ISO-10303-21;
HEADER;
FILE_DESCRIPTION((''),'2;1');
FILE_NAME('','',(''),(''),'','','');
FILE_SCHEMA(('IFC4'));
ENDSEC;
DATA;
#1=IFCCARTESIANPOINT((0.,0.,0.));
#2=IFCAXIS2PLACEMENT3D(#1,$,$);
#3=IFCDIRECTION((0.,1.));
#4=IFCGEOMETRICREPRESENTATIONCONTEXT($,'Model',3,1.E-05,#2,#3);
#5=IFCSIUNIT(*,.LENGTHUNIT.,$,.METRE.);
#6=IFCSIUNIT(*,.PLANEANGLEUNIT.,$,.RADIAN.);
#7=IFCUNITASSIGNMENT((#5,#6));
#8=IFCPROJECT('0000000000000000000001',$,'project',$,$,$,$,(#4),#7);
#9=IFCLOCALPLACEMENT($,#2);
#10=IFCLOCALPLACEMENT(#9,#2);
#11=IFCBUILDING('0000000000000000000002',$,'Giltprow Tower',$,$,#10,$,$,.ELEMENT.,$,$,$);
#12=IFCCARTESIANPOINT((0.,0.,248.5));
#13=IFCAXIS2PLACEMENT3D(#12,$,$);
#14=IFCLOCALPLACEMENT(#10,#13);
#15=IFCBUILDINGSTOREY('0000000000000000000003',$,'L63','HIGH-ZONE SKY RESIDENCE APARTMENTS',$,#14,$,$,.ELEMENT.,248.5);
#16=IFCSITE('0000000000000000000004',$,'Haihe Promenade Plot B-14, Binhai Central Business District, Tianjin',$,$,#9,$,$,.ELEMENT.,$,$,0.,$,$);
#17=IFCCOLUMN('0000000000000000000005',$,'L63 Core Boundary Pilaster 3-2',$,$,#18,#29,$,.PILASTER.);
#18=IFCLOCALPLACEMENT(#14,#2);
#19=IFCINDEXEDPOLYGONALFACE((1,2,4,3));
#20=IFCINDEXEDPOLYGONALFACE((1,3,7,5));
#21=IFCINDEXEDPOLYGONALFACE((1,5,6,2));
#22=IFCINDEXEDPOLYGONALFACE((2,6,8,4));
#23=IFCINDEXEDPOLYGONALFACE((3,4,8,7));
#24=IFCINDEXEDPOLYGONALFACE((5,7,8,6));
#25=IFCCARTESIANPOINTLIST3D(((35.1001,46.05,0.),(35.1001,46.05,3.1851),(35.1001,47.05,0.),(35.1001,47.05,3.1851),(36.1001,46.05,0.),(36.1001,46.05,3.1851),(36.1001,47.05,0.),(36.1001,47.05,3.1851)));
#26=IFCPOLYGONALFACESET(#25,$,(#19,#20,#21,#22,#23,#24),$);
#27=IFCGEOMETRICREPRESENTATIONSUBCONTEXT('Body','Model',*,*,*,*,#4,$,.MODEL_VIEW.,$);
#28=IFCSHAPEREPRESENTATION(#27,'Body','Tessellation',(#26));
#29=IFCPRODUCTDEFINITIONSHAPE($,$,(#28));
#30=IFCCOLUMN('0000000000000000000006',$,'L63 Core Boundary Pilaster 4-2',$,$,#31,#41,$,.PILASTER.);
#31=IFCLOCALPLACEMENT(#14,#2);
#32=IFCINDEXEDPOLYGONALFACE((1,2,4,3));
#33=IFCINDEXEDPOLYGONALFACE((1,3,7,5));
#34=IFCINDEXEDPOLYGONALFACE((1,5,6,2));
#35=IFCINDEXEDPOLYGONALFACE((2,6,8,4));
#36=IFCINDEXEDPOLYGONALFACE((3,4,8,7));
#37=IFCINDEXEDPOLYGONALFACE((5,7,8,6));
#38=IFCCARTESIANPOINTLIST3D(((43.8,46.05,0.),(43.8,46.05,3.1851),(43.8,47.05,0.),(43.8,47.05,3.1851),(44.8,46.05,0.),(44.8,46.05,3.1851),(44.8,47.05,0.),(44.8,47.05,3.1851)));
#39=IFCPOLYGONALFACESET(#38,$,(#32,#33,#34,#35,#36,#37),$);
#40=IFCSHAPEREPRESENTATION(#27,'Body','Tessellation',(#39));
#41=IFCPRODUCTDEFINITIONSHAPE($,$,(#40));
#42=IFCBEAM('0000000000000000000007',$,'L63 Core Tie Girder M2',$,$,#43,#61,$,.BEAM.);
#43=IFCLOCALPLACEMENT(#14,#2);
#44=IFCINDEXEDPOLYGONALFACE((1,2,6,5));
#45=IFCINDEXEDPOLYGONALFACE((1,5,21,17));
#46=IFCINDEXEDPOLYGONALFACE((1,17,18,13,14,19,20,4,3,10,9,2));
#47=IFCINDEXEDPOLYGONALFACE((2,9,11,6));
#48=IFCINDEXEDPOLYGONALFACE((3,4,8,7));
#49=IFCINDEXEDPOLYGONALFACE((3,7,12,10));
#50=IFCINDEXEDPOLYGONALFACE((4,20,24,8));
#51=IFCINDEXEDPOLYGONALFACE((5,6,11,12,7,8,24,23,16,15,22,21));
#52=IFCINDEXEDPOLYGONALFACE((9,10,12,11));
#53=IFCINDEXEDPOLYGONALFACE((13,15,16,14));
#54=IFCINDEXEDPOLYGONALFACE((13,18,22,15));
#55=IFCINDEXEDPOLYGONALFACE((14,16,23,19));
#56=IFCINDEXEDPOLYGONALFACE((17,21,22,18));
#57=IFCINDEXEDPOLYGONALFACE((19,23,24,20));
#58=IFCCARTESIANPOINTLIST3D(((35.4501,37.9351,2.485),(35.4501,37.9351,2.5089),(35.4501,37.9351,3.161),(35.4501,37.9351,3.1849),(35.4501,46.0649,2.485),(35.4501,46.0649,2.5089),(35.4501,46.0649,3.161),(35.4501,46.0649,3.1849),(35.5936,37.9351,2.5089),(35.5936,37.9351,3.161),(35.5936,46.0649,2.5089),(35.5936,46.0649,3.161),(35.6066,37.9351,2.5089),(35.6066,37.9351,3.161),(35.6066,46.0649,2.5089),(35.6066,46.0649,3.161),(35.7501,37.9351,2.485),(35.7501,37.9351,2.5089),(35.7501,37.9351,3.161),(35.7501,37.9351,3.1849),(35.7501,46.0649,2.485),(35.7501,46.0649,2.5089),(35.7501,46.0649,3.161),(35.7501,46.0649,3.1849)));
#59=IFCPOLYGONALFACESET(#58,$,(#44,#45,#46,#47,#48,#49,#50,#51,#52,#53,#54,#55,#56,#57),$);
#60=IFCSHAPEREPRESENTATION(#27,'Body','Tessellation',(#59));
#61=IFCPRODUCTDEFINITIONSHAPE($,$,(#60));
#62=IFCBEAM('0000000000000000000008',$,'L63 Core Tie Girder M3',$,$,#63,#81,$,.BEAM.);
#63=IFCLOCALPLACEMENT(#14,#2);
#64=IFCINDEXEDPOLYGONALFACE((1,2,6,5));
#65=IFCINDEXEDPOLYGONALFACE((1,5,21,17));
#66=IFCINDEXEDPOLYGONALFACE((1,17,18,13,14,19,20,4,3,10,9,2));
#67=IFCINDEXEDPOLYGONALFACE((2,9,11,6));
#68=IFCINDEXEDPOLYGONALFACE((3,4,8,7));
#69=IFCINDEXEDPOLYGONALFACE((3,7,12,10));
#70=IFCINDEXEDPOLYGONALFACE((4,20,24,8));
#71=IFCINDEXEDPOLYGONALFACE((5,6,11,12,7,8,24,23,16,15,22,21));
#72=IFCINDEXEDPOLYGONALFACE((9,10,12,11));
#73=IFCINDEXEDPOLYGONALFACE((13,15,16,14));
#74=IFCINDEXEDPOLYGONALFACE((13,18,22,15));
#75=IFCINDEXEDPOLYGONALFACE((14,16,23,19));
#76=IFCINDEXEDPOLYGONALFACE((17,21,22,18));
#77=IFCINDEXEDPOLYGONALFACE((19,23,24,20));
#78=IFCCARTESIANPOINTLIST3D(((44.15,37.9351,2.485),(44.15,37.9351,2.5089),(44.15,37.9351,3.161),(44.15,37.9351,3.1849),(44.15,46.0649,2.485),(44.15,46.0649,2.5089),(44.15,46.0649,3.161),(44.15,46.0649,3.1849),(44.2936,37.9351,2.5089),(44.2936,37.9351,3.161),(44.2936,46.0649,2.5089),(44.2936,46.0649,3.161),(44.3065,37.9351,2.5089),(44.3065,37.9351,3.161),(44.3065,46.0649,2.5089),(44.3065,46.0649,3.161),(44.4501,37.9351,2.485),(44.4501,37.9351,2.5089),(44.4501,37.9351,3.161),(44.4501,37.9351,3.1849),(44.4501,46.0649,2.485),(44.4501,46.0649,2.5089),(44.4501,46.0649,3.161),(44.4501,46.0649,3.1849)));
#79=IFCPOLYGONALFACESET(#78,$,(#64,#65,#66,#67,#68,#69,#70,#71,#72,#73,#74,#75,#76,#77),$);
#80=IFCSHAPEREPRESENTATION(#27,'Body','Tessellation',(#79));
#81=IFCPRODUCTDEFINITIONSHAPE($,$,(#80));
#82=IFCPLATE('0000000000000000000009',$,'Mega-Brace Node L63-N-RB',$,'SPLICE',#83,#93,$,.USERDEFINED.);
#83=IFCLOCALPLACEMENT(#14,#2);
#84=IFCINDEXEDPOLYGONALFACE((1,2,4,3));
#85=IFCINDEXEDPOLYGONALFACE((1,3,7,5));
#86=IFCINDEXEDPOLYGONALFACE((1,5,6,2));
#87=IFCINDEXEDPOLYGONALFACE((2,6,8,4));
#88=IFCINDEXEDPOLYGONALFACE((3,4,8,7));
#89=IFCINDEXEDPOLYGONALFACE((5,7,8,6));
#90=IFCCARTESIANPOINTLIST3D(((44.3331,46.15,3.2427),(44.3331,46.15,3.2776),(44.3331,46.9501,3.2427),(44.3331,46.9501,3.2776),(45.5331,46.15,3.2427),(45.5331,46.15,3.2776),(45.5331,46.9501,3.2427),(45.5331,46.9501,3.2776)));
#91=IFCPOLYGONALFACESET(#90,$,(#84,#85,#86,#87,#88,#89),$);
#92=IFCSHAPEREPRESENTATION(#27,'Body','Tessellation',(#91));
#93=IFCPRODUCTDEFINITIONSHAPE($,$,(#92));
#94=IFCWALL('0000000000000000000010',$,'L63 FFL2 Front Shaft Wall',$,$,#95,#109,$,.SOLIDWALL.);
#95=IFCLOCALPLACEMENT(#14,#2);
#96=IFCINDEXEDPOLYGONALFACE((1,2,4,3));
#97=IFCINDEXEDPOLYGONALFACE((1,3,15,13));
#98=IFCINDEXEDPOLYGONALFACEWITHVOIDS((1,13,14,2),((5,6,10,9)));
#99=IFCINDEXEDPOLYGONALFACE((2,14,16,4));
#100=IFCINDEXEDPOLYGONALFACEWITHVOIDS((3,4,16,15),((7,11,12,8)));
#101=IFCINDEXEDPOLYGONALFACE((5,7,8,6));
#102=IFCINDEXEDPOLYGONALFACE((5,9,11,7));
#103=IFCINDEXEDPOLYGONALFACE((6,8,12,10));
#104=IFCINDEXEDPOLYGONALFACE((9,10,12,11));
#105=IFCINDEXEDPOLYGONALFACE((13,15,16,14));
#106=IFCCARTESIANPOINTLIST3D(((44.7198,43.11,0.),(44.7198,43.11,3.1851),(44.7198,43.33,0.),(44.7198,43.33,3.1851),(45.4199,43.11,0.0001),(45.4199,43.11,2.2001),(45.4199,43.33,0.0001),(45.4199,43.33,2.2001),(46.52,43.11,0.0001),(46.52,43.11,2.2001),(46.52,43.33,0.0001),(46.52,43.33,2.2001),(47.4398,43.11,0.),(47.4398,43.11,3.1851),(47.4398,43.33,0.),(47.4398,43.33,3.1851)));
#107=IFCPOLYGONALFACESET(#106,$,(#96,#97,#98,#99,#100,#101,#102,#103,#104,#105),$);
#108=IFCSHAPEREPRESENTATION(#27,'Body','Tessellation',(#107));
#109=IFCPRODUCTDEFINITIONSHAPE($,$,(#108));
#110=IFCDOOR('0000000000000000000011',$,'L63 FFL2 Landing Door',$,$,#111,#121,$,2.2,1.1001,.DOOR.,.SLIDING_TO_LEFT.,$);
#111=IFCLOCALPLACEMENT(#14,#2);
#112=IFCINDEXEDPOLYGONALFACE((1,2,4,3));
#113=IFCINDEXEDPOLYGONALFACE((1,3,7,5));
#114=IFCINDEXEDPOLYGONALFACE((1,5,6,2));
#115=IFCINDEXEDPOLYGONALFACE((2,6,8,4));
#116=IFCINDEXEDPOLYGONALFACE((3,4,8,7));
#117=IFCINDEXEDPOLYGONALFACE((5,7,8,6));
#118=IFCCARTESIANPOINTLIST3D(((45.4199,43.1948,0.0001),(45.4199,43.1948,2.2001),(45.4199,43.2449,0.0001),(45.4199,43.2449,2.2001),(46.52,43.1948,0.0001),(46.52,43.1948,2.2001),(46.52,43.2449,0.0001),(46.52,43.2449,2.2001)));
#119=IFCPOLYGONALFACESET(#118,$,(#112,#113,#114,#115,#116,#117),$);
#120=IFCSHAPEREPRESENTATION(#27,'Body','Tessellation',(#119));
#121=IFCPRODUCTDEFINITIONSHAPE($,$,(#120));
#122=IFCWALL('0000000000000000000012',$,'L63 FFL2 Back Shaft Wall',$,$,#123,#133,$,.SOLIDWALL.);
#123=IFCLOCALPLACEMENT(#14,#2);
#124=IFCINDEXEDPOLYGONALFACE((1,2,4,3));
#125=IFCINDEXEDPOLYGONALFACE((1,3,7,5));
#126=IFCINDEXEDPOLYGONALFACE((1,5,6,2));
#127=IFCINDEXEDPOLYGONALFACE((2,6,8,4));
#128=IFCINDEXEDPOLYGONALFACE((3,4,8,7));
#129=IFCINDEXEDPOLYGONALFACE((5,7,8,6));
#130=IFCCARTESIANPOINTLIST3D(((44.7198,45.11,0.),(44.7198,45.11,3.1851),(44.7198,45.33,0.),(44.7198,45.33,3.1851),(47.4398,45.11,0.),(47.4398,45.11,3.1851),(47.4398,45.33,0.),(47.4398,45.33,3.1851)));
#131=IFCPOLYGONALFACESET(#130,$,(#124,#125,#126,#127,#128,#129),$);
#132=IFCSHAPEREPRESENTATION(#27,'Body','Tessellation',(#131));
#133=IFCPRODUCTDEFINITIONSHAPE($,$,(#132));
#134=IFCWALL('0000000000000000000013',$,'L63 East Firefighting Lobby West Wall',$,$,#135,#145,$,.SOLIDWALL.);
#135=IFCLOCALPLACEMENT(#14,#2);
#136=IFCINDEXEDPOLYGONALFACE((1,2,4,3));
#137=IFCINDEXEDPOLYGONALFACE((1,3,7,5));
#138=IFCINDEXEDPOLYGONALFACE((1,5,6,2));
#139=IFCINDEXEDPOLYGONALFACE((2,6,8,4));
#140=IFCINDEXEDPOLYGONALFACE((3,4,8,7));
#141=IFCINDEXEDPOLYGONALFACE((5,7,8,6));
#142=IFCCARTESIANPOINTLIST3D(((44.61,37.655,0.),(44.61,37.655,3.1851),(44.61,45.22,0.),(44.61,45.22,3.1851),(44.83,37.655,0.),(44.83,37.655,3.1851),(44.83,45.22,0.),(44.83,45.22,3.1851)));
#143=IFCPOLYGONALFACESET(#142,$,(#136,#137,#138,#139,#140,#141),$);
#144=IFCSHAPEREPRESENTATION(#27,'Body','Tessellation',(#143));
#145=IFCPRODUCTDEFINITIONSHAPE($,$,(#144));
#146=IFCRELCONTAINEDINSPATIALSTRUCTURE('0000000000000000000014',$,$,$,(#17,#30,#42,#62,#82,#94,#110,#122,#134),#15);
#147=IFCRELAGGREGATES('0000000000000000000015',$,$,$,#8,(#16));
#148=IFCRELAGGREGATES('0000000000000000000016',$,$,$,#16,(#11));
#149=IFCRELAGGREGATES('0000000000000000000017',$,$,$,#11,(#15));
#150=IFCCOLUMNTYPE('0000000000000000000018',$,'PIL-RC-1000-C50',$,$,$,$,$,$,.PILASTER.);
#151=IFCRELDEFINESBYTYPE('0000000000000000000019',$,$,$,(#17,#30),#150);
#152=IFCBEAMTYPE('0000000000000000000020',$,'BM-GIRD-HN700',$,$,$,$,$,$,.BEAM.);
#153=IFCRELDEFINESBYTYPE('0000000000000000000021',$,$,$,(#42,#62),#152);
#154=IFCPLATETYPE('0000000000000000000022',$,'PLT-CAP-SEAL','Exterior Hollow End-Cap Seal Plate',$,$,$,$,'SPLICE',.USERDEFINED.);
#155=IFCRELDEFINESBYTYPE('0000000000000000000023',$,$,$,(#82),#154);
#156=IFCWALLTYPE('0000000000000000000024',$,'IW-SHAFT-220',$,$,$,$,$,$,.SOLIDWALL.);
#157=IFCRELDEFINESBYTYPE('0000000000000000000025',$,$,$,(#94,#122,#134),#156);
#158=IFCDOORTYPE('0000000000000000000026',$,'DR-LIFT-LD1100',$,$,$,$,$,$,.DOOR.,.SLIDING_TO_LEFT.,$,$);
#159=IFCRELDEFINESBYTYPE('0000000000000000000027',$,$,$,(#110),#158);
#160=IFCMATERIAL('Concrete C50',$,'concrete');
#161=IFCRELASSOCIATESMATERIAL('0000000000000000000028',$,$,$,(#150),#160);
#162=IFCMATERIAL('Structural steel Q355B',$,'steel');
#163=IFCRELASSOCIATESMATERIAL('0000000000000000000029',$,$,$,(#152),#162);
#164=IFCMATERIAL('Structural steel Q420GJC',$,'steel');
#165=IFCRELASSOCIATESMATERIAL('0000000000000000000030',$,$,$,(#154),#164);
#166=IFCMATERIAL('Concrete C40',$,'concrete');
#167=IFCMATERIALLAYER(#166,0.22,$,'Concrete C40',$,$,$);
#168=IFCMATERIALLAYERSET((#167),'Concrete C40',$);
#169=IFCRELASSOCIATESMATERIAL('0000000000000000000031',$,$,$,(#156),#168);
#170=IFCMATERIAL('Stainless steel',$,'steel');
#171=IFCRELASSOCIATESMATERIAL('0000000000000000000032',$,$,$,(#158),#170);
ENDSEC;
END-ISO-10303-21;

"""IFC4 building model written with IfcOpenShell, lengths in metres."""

from ifc_helpers import new_model, si_unit, direction, frame, frame_2d, origin, origin_2d, place, context, subcontext, project, spatial, rectangle, i_section, extrude, source, transform, mapped, material, layer, layer_set, material_profile, profile_set, type_object, element, fill, save


model = new_model("IFC4")

# Units and contexts
model_context = context("Model", 3, precision=1e-05, world=origin(), true_north=direction((0.0, 1.0)))
body_context = subcontext(model_context, "Body", "Model", "MODEL_VIEW")
ifc_project = project(units=[si_unit("LENGTHUNIT", "METRE"), si_unit("PLANEANGLEUNIT", "RADIAN")], contexts=[model_context])

# Site, building, storey
site_placement = place(None, origin())
site = spatial("IfcSite", under=ifc_project, at=site_placement, Name="Haihe Promenade Plot B-14, Binhai Central Business District, Tianjin", CompositionType="ELEMENT", RefElevation=0.0)
building_placement = place(site_placement, origin())
building = spatial("IfcBuilding", under=site, at=building_placement, Name="Giltprow Tower", CompositionType="ELEMENT")
storey_placement = place(building_placement, frame((0.0, 0.0, 248.5)))
storey = spatial("IfcBuildingStorey", under=building, at=storey_placement, Name="L63", Description="HIGH-ZONE SKY RESIDENCE APARTMENTS", CompositionType="ELEMENT", Elevation=248.5)

# Columns
ifc_material_1 = material(Name="Concrete C50", Category="concrete")
ifc_material_profile_1 = material_profile(ifc_material_1, rectangle(XDim=1.0, YDim=1.0, at=origin_2d()), Name="RC 1000x1000")
ifc_profile_set_1 = profile_set([ifc_material_profile_1], Name="Concrete C50")
column_type = type_object("IfcColumnType", Name="PIL-RC-1000-C50", PredefinedType="PILASTER", material=ifc_profile_set_1)
shared_shape_1 = source(origin(), body_context, "Body", "SweptSolid", [
    extrude(rectangle(XDim=1.0, YDim=1.0, at=origin_2d()), origin(), (0.0, 0.0, 1.0), 3.1851),
])
for number, where, z_axis, x_axis, name in (
    (1, (35.6001, 46.55, 0.0), (0.0, 0.0, 1.0), (1.0, 0.0, 0.0), "L63 Core Boundary Pilaster 3-2"),
    (2, (44.3, 46.55, 0.0), (0.0, 0.0, 1.0), (1.0, 0.0, 0.0), "L63 Core Boundary Pilaster 4-2"),
):
    element("IfcColumn", number, at=place(storey_placement, frame(where, z_axis=z_axis, x_axis=x_axis)), inside=storey, type_object=column_type, Name=name, PredefinedType="PILASTER", context=body_context, shape_type="MappedRepresentation", body=[
        mapped(shared_shape_1, transform((0.0, 0.0, 0.0), x_axis=(1.0, 0.0, 0.0), y_axis=(0.0, 1.0, 0.0), z_axis=(0.0, 0.0, 1.0), scale=1.0)),
    ])

# Beams
ifc_material_2 = material(Name="Structural steel Q355B", Category="steel")
ifc_material_profile_2 = material_profile(ifc_material_2, i_section(OverallWidth=0.3, OverallDepth=0.7, WebThickness=0.0129, FlangeThickness=0.0239, at=origin_2d()), Name="HN 700x300x13x24")
ifc_profile_set_2 = profile_set([ifc_material_profile_2], Name="Structural steel Q355B")
beam_type = type_object("IfcBeamType", Name="BM-GIRD-HN700", PredefinedType="BEAM", material=ifc_profile_set_2)
shared_shape_2 = source(origin(), body_context, "Body", "SweptSolid", [
    extrude(i_section(OverallWidth=0.3, OverallDepth=0.7, WebThickness=0.0129, FlangeThickness=0.0239, at=origin_2d()), origin(), (0.0, 0.0, 1.0), 8.1299),
])
for number, where, z_axis, x_axis, name in (
    (3, (35.6001, 37.9351, 2.835), (0.0, 1.0, 0.0), (-1.0, 0.0, 0.0), "L63 Core Tie Girder M2"),
    (4, (44.3, 37.9351, 2.835), (0.0, 1.0, 0.0), (-1.0, 0.0, 0.0), "L63 Core Tie Girder M3"),
):
    element("IfcBeam", number, at=place(storey_placement, frame(where, z_axis=z_axis, x_axis=x_axis)), inside=storey, type_object=beam_type, Name=name, PredefinedType="BEAM", context=body_context, shape_type="MappedRepresentation", body=[
        mapped(shared_shape_2, transform((0.0, 0.0, 0.0), x_axis=(1.0, 0.0, 0.0), y_axis=(0.0, 1.0, 0.0), z_axis=(0.0, 0.0, 1.0), scale=1.0)),
    ])

# Plate
ifc_material_3 = material(Name="Structural steel Q420GJC", Category="steel")
plate_type = type_object("IfcPlateType", Name="PLT-CAP-SEAL", Description="Exterior Hollow End-Cap Seal Plate", ElementType="SPLICE", PredefinedType="USERDEFINED", material=ifc_material_3)
shared_shape_3 = source(origin(), body_context, "Body", "SweptSolid", [
    extrude(rectangle(XDim=1.2, YDim=0.8, at=origin_2d()), origin(), (0.0, 0.0, 1.0), 0.0349),
])
plate_placement = place(storey_placement, frame((44.9331, 46.55, 3.2427), z_axis=(0.0, 0.0, 1.0), x_axis=(1.0, 0.0, 0.0)))
element("IfcPlate", 5, at=plate_placement, inside=storey, type_object=plate_type, Name="Mega-Brace Node L63-N-RB", ObjectType="SPLICE", PredefinedType="USERDEFINED", context=body_context, shape_type="MappedRepresentation", body=[
    mapped(shared_shape_3, transform((0.0, 0.0, 0.0), x_axis=(1.0, 0.0, 0.0), y_axis=(0.0, 1.0, 0.0), z_axis=(0.0, 0.0, 1.0), scale=1.0)),
])

# Wall, opening, door
ifc_material_4 = material(Name="Concrete C40", Category="concrete")
ifc_layer_1 = layer(ifc_material_4, 0.22, Name="Concrete C40")
ifc_layer_set_1 = layer_set([ifc_layer_1], Name="Concrete C40")
wall_type_1 = type_object("IfcWallType", Name="IW-SHAFT-220", PredefinedType="SOLIDWALL", material=ifc_layer_set_1)
wall_1_placement = place(storey_placement, frame((44.72, 43.22, 0.0), z_axis=(0.0, 0.0, 1.0), x_axis=(1.0, 0.0, 0.0)))
wall_1 = element("IfcWall", 6, at=wall_1_placement, inside=storey, type_object=wall_type_1, Name="L63 FFL2 Front Shaft Wall", PredefinedType="SOLIDWALL", context=body_context, shape_type="SweptSolid", body=[
    extrude(rectangle(XDim=2.72, YDim=0.22, at=frame_2d((1.3599, 0.0))), origin(), (0.0, 0.0, 1.0), 3.1851),
])
opening_1_placement = place(wall_1_placement, frame((0.7, 0.0, 0.0)))
opening_1 = element("IfcOpeningElement", 7, at=opening_1_placement, cuts=wall_1, PredefinedType="OPENING", context=body_context, shape_type="SweptSolid", body=[
    extrude(rectangle(XDim=1.1001, YDim=2.2, at=frame_2d((0.55, 1.1001))), frame((0.0, 0.1199, 0.0), z_axis=(0.0, -1.0, 0.0), x_axis=(1.0, 0.0, 0.0)), (0.0, 0.0, 1.0), 0.24),
])
ifc_material_5 = material(Name="Stainless steel", Category="steel")
door_type_1 = type_object("IfcDoorType", Name="DR-LIFT-LD1100", OperationType="SLIDING_TO_LEFT", PredefinedType="DOOR", material=ifc_material_5)
shared_shape_4 = source(origin(), body_context, "Body", "SweptSolid", [
    extrude(rectangle(XDim=1.1001, YDim=2.2, at=frame_2d((0.55, 1.1001))), frame((0.0, 0.0249, 0.0), z_axis=(0.0, -1.0, 0.0), x_axis=(1.0, 0.0, 0.0)), (0.0, 0.0, 1.0), 0.05),
])
door_1_placement = place(opening_1_placement, origin())
door_1 = element("IfcDoor", 8, at=door_1_placement, inside=storey, type_object=door_type_1, Name="L63 FFL2 Landing Door", OperationType="SLIDING_TO_LEFT", OverallHeight=2.2, OverallWidth=1.1001, PredefinedType="DOOR", context=body_context, shape_type="MappedRepresentation", body=[
    mapped(shared_shape_4, transform((0.0, 0.0, 0.0), x_axis=(1.0, 0.0, 0.0), y_axis=(0.0, 1.0, 0.0), z_axis=(0.0, 0.0, 1.0), scale=1.0)),
])
fill(opening_1, door_1)

# Walls
wall_2_placement = place(storey_placement, frame((44.72, 45.22, 0.0), z_axis=(0.0, 0.0, 1.0), x_axis=(1.0, 0.0, 0.0)))
element("IfcWall", 9, at=wall_2_placement, inside=storey, type_object=wall_type_1, Name="L63 FFL2 Back Shaft Wall", PredefinedType="SOLIDWALL", context=body_context, shape_type="SweptSolid", body=[
    extrude(rectangle(XDim=2.72, YDim=0.22, at=frame_2d((1.3599, 0.0))), origin(), (0.0, 0.0, 1.0), 3.1851),
])
wall_3_placement = place(storey_placement, frame((44.72, 37.655, 0.0), z_axis=(0.0, 0.0, 1.0), x_axis=(0.0, 1.0, 0.0)))
element("IfcWall", 10, at=wall_3_placement, inside=storey, type_object=wall_type_1, Name="L63 East Firefighting Lobby West Wall", PredefinedType="SOLIDWALL", context=body_context, shape_type="SweptSolid", body=[
    extrude(rectangle(XDim=7.5649, YDim=0.22, at=frame_2d((3.7825, 0.0))), origin(), (0.0, 0.0, 1.0), 3.1851),
])

save(model, "model.ifc")
